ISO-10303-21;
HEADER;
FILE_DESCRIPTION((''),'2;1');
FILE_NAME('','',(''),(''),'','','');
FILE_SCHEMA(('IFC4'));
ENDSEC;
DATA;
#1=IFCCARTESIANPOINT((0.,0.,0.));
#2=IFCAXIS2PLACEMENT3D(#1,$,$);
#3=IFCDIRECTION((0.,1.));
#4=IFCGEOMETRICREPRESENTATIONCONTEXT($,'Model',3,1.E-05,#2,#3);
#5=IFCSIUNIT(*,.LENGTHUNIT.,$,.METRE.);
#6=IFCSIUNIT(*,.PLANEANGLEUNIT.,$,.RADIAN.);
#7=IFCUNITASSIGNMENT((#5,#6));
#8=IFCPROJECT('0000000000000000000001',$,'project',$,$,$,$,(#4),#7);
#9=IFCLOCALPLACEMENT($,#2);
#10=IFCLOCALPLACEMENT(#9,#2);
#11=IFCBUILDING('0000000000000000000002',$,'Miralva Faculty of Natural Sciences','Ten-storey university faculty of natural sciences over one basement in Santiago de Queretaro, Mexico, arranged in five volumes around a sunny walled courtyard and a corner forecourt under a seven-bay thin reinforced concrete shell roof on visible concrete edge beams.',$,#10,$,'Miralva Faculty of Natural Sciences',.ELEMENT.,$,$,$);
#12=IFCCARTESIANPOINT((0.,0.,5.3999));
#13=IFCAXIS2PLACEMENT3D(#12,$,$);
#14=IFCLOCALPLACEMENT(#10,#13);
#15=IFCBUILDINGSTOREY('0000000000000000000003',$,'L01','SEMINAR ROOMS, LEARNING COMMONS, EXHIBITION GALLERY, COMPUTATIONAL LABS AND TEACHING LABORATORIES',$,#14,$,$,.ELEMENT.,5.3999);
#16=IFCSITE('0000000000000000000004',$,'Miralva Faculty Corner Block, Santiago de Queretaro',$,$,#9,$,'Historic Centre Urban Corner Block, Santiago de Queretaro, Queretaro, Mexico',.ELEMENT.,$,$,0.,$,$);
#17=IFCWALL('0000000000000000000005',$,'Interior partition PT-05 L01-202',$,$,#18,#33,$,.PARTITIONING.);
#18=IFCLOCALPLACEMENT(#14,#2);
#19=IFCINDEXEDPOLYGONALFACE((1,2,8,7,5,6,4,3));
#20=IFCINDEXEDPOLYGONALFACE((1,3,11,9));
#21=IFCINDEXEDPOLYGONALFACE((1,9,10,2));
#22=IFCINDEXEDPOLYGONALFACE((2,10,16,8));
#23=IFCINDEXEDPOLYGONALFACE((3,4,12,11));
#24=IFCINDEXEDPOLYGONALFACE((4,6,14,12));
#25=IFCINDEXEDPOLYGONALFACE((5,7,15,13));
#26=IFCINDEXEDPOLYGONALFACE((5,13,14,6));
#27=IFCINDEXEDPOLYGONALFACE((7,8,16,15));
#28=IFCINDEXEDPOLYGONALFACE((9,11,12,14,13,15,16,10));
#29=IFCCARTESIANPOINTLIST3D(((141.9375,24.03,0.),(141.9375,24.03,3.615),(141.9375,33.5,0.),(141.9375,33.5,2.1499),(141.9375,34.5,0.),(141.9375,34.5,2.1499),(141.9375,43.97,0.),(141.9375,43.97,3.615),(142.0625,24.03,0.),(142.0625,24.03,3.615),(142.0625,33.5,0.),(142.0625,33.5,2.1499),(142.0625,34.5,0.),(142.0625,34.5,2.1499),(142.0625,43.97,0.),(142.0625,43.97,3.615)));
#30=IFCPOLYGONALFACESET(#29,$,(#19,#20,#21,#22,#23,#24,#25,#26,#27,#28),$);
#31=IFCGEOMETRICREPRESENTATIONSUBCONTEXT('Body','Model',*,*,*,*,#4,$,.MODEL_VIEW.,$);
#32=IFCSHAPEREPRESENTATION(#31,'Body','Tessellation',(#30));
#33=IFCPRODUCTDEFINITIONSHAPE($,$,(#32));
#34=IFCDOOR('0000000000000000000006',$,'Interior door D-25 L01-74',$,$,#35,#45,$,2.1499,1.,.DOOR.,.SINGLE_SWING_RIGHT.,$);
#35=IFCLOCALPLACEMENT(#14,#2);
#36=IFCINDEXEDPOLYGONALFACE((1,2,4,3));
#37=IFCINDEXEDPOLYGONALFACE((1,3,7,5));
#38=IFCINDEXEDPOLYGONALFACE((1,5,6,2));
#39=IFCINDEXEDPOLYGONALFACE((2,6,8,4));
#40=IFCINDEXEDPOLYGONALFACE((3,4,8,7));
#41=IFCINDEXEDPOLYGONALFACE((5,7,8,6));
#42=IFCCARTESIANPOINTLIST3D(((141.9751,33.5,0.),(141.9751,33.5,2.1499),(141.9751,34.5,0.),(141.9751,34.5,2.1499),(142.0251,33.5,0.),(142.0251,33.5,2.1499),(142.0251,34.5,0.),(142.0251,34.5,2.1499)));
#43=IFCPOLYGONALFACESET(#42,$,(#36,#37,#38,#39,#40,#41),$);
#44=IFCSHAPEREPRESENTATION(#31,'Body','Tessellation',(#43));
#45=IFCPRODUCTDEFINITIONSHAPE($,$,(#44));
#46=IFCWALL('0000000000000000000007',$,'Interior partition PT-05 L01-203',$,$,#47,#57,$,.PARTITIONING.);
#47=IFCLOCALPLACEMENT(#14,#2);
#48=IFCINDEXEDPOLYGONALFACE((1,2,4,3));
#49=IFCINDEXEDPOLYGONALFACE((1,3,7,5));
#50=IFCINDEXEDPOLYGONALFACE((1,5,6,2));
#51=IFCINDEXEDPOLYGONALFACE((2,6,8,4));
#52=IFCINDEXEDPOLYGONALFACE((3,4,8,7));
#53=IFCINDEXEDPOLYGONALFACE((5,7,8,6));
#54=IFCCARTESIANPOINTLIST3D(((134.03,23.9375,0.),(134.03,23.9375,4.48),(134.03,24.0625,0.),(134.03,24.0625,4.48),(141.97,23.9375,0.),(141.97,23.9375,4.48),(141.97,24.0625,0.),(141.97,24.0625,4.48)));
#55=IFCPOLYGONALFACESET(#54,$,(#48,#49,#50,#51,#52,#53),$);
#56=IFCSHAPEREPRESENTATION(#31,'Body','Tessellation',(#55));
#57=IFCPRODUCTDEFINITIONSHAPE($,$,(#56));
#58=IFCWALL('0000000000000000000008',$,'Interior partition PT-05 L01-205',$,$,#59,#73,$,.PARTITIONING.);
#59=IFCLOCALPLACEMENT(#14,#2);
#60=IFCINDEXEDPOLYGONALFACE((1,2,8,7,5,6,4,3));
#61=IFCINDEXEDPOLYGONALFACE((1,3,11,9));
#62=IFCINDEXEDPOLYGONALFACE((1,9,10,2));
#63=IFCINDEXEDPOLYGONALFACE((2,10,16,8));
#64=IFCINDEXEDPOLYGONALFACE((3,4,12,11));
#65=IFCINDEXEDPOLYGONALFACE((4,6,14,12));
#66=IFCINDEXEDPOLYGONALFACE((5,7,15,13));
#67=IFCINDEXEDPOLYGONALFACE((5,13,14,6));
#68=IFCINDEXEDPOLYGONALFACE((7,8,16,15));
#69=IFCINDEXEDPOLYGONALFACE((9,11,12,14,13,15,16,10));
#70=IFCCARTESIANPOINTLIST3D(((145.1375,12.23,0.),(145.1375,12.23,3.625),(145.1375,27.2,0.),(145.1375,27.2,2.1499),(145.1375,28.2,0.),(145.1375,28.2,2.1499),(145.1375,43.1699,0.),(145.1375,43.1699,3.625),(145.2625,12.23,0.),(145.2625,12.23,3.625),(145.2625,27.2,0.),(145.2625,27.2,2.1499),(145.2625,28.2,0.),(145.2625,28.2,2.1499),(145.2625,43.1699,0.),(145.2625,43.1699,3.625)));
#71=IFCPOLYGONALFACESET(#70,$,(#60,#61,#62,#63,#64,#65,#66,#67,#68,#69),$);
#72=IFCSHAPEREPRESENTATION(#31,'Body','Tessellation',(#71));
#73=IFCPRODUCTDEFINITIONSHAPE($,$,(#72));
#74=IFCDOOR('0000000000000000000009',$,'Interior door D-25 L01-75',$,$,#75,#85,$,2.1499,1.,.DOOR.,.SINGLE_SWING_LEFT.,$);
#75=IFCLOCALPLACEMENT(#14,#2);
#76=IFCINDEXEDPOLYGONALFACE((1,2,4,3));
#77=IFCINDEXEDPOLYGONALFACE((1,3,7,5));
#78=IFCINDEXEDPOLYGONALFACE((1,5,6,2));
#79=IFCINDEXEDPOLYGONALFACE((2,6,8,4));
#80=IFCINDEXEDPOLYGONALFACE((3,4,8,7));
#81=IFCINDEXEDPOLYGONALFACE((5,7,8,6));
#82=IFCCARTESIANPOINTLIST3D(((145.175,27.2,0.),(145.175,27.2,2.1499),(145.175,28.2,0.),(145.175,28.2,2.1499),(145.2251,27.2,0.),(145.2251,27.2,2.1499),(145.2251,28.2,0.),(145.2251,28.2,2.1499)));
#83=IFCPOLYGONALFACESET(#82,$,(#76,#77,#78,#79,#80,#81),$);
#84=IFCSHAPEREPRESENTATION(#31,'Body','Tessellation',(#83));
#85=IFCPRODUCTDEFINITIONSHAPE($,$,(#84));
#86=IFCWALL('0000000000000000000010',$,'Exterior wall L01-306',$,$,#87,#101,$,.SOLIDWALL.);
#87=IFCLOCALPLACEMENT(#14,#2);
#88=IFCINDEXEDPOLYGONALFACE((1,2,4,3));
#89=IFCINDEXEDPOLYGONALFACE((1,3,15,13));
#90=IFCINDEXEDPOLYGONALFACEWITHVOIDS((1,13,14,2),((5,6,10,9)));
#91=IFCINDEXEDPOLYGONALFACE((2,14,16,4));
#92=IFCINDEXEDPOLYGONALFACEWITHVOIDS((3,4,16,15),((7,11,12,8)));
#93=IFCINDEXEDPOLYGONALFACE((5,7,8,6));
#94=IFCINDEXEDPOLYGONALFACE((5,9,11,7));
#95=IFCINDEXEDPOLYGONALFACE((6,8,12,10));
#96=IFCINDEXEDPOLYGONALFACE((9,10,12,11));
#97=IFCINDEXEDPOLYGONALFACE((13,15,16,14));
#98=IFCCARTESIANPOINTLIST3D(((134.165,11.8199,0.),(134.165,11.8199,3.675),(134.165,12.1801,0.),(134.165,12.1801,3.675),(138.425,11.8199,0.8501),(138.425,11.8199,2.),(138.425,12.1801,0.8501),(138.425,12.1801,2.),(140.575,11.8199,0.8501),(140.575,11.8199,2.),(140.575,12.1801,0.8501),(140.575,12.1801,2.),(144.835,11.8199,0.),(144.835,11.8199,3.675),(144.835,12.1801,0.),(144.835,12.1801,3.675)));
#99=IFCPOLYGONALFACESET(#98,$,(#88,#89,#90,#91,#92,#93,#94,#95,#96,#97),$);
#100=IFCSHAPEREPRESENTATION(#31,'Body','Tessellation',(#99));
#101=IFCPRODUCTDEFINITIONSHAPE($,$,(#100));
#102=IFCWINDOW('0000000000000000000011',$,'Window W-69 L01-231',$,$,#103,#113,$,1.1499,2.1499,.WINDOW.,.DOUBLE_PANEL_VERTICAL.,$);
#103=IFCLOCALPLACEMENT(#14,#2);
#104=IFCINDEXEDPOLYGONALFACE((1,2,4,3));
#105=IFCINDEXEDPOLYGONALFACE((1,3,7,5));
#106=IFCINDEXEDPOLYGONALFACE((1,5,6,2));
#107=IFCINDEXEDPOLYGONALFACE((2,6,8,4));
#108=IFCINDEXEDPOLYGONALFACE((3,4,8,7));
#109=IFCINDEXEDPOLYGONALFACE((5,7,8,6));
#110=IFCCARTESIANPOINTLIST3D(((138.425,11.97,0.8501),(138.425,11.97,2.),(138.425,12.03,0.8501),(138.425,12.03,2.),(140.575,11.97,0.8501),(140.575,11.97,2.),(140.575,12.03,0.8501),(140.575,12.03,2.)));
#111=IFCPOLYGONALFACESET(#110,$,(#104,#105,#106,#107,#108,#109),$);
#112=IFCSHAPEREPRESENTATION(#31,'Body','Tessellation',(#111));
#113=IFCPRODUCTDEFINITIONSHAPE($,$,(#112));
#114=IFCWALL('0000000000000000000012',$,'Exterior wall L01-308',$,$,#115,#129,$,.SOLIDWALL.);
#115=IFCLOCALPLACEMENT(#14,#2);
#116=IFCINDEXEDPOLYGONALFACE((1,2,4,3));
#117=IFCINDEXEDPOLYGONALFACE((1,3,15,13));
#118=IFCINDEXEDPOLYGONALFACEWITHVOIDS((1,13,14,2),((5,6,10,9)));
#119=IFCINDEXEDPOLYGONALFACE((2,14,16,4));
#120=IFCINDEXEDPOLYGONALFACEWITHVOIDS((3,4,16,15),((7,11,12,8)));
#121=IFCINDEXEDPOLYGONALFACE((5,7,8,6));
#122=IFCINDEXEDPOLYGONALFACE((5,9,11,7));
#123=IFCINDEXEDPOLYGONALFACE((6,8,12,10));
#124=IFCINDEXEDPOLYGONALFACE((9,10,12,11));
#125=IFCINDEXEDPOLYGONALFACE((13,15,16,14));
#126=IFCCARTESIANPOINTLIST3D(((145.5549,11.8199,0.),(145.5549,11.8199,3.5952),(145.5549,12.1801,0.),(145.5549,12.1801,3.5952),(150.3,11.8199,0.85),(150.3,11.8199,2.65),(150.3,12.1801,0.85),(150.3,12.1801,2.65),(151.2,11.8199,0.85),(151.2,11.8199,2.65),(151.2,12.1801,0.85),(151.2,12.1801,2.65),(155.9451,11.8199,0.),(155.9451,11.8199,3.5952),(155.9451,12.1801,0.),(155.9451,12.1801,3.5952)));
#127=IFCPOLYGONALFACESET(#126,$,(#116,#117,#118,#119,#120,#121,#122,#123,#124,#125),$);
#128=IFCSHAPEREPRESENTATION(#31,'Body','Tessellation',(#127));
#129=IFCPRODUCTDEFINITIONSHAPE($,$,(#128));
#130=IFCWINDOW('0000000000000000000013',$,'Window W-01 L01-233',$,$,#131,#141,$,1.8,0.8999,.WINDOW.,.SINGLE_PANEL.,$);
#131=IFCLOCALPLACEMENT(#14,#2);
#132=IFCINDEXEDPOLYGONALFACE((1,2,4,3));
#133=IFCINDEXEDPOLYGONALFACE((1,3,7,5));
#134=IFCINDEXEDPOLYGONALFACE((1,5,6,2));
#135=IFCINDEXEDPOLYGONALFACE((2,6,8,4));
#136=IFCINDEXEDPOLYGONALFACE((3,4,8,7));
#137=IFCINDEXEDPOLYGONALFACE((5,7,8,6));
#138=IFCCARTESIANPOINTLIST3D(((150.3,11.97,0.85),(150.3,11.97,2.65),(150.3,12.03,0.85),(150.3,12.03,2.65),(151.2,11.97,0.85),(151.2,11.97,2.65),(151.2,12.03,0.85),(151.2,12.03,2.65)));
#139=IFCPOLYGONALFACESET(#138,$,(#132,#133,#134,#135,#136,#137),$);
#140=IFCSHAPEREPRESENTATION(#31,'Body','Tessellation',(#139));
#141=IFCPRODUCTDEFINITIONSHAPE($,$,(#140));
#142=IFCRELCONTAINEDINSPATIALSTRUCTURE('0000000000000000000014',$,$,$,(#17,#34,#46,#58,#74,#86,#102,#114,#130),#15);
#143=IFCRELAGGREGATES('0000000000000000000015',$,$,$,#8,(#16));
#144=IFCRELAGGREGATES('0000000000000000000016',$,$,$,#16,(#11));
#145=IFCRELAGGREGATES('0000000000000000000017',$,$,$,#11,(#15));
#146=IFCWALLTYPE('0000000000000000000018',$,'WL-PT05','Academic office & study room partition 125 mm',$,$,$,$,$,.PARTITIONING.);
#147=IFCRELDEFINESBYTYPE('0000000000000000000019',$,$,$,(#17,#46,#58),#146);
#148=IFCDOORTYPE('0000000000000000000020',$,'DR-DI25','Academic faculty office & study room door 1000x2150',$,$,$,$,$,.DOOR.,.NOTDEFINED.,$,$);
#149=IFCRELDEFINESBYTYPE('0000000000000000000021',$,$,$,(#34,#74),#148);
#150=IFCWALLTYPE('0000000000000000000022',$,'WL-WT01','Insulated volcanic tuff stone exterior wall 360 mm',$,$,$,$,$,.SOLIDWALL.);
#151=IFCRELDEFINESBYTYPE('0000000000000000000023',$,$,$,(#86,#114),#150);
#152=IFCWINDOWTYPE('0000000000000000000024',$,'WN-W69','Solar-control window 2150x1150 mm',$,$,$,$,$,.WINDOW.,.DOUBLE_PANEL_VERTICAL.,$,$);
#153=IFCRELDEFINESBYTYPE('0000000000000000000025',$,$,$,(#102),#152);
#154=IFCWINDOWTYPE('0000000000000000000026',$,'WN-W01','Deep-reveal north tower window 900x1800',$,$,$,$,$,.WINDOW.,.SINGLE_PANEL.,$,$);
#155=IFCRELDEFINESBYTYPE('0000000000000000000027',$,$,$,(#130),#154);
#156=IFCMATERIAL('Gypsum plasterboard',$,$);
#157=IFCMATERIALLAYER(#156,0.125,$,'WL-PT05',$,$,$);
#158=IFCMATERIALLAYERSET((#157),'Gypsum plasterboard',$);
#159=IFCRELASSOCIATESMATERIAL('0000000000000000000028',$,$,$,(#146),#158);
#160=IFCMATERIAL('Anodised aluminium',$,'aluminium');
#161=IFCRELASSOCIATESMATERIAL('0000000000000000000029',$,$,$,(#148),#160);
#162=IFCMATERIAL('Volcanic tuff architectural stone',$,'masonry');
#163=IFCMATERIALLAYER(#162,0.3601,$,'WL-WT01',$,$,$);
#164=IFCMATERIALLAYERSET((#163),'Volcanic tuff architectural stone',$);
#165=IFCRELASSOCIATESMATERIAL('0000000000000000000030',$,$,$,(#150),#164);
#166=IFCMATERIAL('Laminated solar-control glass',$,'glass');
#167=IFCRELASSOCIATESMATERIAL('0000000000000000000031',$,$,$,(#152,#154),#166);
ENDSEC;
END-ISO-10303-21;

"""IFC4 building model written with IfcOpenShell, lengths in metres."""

from ifc_helpers import new_model, si_unit, direction, frame, frame_2d, origin, place, context, subcontext, project, spatial, rectangle, extrude, material, layer, layer_set, type_object, element, fill, save


model = new_model("IFC4")

# Units and contexts
model_context = context("Model", 3, precision=1e-05, world=origin(), true_north=direction((0.0, 1.0)))
body_context = subcontext(model_context, "Body", "Model", "MODEL_VIEW")
ifc_project = project(units=[si_unit("LENGTHUNIT", "METRE"), si_unit("PLANEANGLEUNIT", "RADIAN")], contexts=[model_context])

# Site, building, storey
site_placement = place(None, origin())
site = spatial("IfcSite", under=ifc_project, at=site_placement, Name="Miralva Faculty Corner Block, Santiago de Queretaro", LongName="Historic Centre Urban Corner Block, Santiago de Queretaro, Queretaro, Mexico", CompositionType="ELEMENT", RefElevation=0.0)
building_placement = place(site_placement, origin())
building = spatial("IfcBuilding", under=site, at=building_placement, Name="Miralva Faculty of Natural Sciences", Description="Ten-storey university faculty of natural sciences over one basement in Santiago de Queretaro, Mexico, arranged in five volumes around a sunny walled courtyard and a corner forecourt under a seven-bay thin reinforced concrete shell roof on visible concrete edge beams.", LongName="Miralva Faculty of Natural Sciences", CompositionType="ELEMENT")
storey_placement = place(building_placement, frame((0.0, 0.0, 5.3999)))
storey = spatial("IfcBuildingStorey", under=building, at=storey_placement, Name="L01", Description="SEMINAR ROOMS, LEARNING COMMONS, EXHIBITION GALLERY, COMPUTATIONAL LABS AND TEACHING LABORATORIES", CompositionType="ELEMENT", Elevation=5.3999)

# Shared definitions
ifc_material_1 = material(Name="Laminated solar-control glass", Category="glass")
ifc_material_2 = material(Name="Anodised aluminium", Category="aluminium")

# Shared definitions
ifc_material_3 = material(Name="Gypsum plasterboard")
ifc_layer_1 = layer(ifc_material_3, 0.125, Name="WL-PT05")
ifc_layer_set_1 = layer_set([ifc_layer_1], Name="Gypsum plasterboard")
wall_type_1 = type_object("IfcWallType", Name="WL-PT05", Description="Academic office & study room partition 125 mm", PredefinedType="PARTITIONING", material=ifc_layer_set_1)

# Wall, opening, door
door_type = type_object("IfcDoorType", Name="DR-DI25", Description="Academic faculty office & study room door 1000x2150", OperationType="NOTDEFINED", PredefinedType="DOOR", material=ifc_material_2)
wall_1_placement = place(storey_placement, frame((142.0, 24.03, 0.0), z_axis=(0.0, 0.0, 1.0), x_axis=(0.0, 1.0, 0.0)))
wall_1 = element("IfcWall", 1, at=wall_1_placement, inside=storey, type_object=wall_type_1, Name="Interior partition PT-05 L01-202", PredefinedType="PARTITIONING", context=body_context, shape_type="SweptSolid", body=[
    extrude(rectangle(XDim=19.9399, YDim=0.125, at=frame_2d((9.97, 0.0))), origin(), (0.0, 0.0, 1.0), 3.615),
])
opening_1_placement = place(wall_1_placement, frame((9.47, 0.0, 0.0)))
opening_1 = element("IfcOpeningElement", 2, at=opening_1_placement, cuts=wall_1, PredefinedType="OPENING", context=body_context, shape_type="SweptSolid", body=[
    extrude(rectangle(XDim=1.0, YDim=2.1499, at=frame_2d((0.5, 1.075))), frame((0.0, 0.0725, 0.0), z_axis=(0.0, -1.0, 0.0), x_axis=(1.0, 0.0, 0.0)), (0.0, 0.0, 1.0), 0.145),
])
door_1_placement = place(opening_1_placement, origin())
door_1 = element("IfcDoor", 3, at=door_1_placement, inside=storey, type_object=door_type, Name="Interior door D-25 L01-74", OperationType="SINGLE_SWING_RIGHT", OverallHeight=2.1499, OverallWidth=1.0, PredefinedType="DOOR", context=body_context, shape_type="SweptSolid", body=[
    extrude(rectangle(XDim=1.0, YDim=2.1499, at=frame_2d((0.5, 1.075))), frame((0.0, 0.0249, 0.0), z_axis=(0.0, -1.0, 0.0), x_axis=(1.0, 0.0, 0.0)), (0.0, 0.0, 1.0), 0.05),
])
fill(opening_1, door_1)

# Wall
wall_2_placement = place(storey_placement, frame((134.03, 24.0, 0.0), z_axis=(0.0, 0.0, 1.0), x_axis=(1.0, 0.0, 0.0)))
element("IfcWall", 4, at=wall_2_placement, inside=storey, type_object=wall_type_1, Name="Interior partition PT-05 L01-203", PredefinedType="PARTITIONING", context=body_context, shape_type="SweptSolid", body=[
    extrude(rectangle(XDim=7.9399, YDim=0.125, at=frame_2d((3.97, 0.0))), origin(), (0.0, 0.0, 1.0), 4.48),
])

# Wall, opening, door
wall_3_placement = place(storey_placement, frame((145.2, 12.23, 0.0), z_axis=(0.0, 0.0, 1.0), x_axis=(0.0, 1.0, 0.0)))
wall_3 = element("IfcWall", 5, at=wall_3_placement, inside=storey, type_object=wall_type_1, Name="Interior partition PT-05 L01-205", PredefinedType="PARTITIONING", context=body_context, shape_type="SweptSolid", body=[
    extrude(rectangle(XDim=30.9399, YDim=0.125, at=frame_2d((15.47, 0.0))), origin(), (0.0, 0.0, 1.0), 3.625),
])
opening_2_placement = place(wall_3_placement, frame((14.97, 0.0, 0.0)))
opening_2 = element("IfcOpeningElement", 6, at=opening_2_placement, cuts=wall_3, PredefinedType="OPENING", context=body_context, shape_type="SweptSolid", body=[
    extrude(rectangle(XDim=1.0, YDim=2.1499, at=frame_2d((0.5, 1.075))), frame((0.0, 0.0725, 0.0), z_axis=(0.0, -1.0, 0.0), x_axis=(1.0, 0.0, 0.0)), (0.0, 0.0, 1.0), 0.145),
])
door_2_placement = place(opening_2_placement, origin())
door_2 = element("IfcDoor", 7, at=door_2_placement, inside=storey, type_object=door_type, Name="Interior door D-25 L01-75", OperationType="SINGLE_SWING_LEFT", OverallHeight=2.1499, OverallWidth=1.0, PredefinedType="DOOR", context=body_context, shape_type="SweptSolid", body=[
    extrude(rectangle(XDim=1.0, YDim=2.1499, at=frame_2d((0.5, 1.075))), frame((0.0, 0.0249, 0.0), z_axis=(0.0, -1.0, 0.0), x_axis=(1.0, 0.0, 0.0)), (0.0, 0.0, 1.0), 0.05),
])
fill(opening_2, door_2)

# Walls, openings, windows
ifc_material_4 = material(Name="Volcanic tuff architectural stone", Category="masonry")
ifc_layer_2 = layer(ifc_material_4, 0.3601, Name="WL-WT01")
ifc_layer_set_2 = layer_set([ifc_layer_2], Name="Volcanic tuff architectural stone")
wall_type_2 = type_object("IfcWallType", Name="WL-WT01", Description="Insulated volcanic tuff stone exterior wall 360 mm", PredefinedType="SOLIDWALL", material=ifc_layer_set_2)
wall_4_placement = place(storey_placement, frame((134.165, 12.0, 0.0), z_axis=(0.0, 0.0, 1.0), x_axis=(1.0, 0.0, 0.0)))
wall_4 = element("IfcWall", 8, at=wall_4_placement, inside=storey, type_object=wall_type_2, Name="Exterior wall L01-306", PredefinedType="SOLIDWALL", context=body_context, shape_type="SweptSolid", body=[
    extrude(rectangle(XDim=10.6699, YDim=0.3601, at=frame_2d((5.335, 0.0))), origin(), (0.0, 0.0, 1.0), 3.675),
])
opening_3_placement = place(wall_4_placement, frame((4.26, 0.0, 0.8501)))
opening_3 = element("IfcOpeningElement", 9, at=opening_3_placement, cuts=wall_4, PredefinedType="OPENING", context=body_context, shape_type="SweptSolid", body=[
    extrude(rectangle(XDim=2.1499, YDim=1.1499, at=frame_2d((1.075, 0.575))), frame((0.0, 0.1899, 0.0), z_axis=(0.0, -1.0, 0.0), x_axis=(1.0, 0.0, 0.0)), (0.0, 0.0, 1.0), 0.3801),
])
window_type_1 = type_object("IfcWindowType", Name="WN-W69", Description="Solar-control window 2150x1150 mm", PartitioningType="DOUBLE_PANEL_VERTICAL", PredefinedType="WINDOW", material=ifc_material_1)
window_1_placement = place(opening_3_placement, frame((2.1499, 0.0, 0.0), z_axis=(0.0, 0.0, 1.0), x_axis=(-1.0, 0.0, 0.0)))
window_1 = element("IfcWindow", 10, at=window_1_placement, inside=storey, type_object=window_type_1, Name="Window W-69 L01-231", OverallHeight=1.1499, OverallWidth=2.1499, PartitioningType="DOUBLE_PANEL_VERTICAL", PredefinedType="WINDOW", context=body_context, shape_type="SweptSolid", body=[
    extrude(rectangle(XDim=2.1499, YDim=1.1499, at=frame_2d((1.075, 0.575))), frame((0.0, 0.03, 0.0), z_axis=(0.0, -1.0, 0.0), x_axis=(1.0, 0.0, 0.0)), (0.0, 0.0, 1.0), 0.0601),
])
fill(opening_3, window_1)
wall_5_placement = place(storey_placement, frame((145.5549, 12.0, 0.0), z_axis=(0.0, 0.0, 1.0), x_axis=(1.0, 0.0, 0.0)))
wall_5 = element("IfcWall", 11, at=wall_5_placement, inside=storey, type_object=wall_type_2, Name="Exterior wall L01-308", PredefinedType="SOLIDWALL", context=body_context, shape_type="SweptSolid", body=[
    extrude(rectangle(XDim=10.3901, YDim=0.3601, at=frame_2d((5.1951, 0.0))), origin(), (0.0, 0.0, 1.0), 3.5952),
])
opening_4_placement = place(wall_5_placement, frame((4.7451, 0.0, 0.8501)))
opening_4 = element("IfcOpeningElement", 12, at=opening_4_placement, cuts=wall_5, PredefinedType="OPENING", context=body_context, shape_type="SweptSolid", body=[
    extrude(rectangle(XDim=0.8999, YDim=1.8, at=frame_2d((0.45, 0.8999))), frame((0.0, 0.1899, 0.0), z_axis=(0.0, -1.0, 0.0), x_axis=(1.0, 0.0, 0.0)), (0.0, 0.0, 1.0), 0.3801),
])
window_type_2 = type_object("IfcWindowType", Name="WN-W01", Description="Deep-reveal north tower window 900x1800", PartitioningType="SINGLE_PANEL", PredefinedType="WINDOW", material=ifc_material_1)
window_2_placement = place(opening_4_placement, frame((0.8999, 0.0, 0.0), z_axis=(0.0, 0.0, 1.0), x_axis=(-1.0, 0.0, 0.0)))
window_2 = element("IfcWindow", 13, at=window_2_placement, inside=storey, type_object=window_type_2, Name="Window W-01 L01-233", OverallHeight=1.8, OverallWidth=0.8999, PartitioningType="SINGLE_PANEL", PredefinedType="WINDOW", context=body_context, shape_type="SweptSolid", body=[
    extrude(rectangle(XDim=0.8999, YDim=1.8, at=frame_2d((0.45, 0.8999))), frame((0.0, 0.03, 0.0), z_axis=(0.0, -1.0, 0.0), x_axis=(1.0, 0.0, 0.0)), (0.0, 0.0, 1.0), 0.0601),
])
fill(opening_4, window_2)

save(model, "model.ifc")
